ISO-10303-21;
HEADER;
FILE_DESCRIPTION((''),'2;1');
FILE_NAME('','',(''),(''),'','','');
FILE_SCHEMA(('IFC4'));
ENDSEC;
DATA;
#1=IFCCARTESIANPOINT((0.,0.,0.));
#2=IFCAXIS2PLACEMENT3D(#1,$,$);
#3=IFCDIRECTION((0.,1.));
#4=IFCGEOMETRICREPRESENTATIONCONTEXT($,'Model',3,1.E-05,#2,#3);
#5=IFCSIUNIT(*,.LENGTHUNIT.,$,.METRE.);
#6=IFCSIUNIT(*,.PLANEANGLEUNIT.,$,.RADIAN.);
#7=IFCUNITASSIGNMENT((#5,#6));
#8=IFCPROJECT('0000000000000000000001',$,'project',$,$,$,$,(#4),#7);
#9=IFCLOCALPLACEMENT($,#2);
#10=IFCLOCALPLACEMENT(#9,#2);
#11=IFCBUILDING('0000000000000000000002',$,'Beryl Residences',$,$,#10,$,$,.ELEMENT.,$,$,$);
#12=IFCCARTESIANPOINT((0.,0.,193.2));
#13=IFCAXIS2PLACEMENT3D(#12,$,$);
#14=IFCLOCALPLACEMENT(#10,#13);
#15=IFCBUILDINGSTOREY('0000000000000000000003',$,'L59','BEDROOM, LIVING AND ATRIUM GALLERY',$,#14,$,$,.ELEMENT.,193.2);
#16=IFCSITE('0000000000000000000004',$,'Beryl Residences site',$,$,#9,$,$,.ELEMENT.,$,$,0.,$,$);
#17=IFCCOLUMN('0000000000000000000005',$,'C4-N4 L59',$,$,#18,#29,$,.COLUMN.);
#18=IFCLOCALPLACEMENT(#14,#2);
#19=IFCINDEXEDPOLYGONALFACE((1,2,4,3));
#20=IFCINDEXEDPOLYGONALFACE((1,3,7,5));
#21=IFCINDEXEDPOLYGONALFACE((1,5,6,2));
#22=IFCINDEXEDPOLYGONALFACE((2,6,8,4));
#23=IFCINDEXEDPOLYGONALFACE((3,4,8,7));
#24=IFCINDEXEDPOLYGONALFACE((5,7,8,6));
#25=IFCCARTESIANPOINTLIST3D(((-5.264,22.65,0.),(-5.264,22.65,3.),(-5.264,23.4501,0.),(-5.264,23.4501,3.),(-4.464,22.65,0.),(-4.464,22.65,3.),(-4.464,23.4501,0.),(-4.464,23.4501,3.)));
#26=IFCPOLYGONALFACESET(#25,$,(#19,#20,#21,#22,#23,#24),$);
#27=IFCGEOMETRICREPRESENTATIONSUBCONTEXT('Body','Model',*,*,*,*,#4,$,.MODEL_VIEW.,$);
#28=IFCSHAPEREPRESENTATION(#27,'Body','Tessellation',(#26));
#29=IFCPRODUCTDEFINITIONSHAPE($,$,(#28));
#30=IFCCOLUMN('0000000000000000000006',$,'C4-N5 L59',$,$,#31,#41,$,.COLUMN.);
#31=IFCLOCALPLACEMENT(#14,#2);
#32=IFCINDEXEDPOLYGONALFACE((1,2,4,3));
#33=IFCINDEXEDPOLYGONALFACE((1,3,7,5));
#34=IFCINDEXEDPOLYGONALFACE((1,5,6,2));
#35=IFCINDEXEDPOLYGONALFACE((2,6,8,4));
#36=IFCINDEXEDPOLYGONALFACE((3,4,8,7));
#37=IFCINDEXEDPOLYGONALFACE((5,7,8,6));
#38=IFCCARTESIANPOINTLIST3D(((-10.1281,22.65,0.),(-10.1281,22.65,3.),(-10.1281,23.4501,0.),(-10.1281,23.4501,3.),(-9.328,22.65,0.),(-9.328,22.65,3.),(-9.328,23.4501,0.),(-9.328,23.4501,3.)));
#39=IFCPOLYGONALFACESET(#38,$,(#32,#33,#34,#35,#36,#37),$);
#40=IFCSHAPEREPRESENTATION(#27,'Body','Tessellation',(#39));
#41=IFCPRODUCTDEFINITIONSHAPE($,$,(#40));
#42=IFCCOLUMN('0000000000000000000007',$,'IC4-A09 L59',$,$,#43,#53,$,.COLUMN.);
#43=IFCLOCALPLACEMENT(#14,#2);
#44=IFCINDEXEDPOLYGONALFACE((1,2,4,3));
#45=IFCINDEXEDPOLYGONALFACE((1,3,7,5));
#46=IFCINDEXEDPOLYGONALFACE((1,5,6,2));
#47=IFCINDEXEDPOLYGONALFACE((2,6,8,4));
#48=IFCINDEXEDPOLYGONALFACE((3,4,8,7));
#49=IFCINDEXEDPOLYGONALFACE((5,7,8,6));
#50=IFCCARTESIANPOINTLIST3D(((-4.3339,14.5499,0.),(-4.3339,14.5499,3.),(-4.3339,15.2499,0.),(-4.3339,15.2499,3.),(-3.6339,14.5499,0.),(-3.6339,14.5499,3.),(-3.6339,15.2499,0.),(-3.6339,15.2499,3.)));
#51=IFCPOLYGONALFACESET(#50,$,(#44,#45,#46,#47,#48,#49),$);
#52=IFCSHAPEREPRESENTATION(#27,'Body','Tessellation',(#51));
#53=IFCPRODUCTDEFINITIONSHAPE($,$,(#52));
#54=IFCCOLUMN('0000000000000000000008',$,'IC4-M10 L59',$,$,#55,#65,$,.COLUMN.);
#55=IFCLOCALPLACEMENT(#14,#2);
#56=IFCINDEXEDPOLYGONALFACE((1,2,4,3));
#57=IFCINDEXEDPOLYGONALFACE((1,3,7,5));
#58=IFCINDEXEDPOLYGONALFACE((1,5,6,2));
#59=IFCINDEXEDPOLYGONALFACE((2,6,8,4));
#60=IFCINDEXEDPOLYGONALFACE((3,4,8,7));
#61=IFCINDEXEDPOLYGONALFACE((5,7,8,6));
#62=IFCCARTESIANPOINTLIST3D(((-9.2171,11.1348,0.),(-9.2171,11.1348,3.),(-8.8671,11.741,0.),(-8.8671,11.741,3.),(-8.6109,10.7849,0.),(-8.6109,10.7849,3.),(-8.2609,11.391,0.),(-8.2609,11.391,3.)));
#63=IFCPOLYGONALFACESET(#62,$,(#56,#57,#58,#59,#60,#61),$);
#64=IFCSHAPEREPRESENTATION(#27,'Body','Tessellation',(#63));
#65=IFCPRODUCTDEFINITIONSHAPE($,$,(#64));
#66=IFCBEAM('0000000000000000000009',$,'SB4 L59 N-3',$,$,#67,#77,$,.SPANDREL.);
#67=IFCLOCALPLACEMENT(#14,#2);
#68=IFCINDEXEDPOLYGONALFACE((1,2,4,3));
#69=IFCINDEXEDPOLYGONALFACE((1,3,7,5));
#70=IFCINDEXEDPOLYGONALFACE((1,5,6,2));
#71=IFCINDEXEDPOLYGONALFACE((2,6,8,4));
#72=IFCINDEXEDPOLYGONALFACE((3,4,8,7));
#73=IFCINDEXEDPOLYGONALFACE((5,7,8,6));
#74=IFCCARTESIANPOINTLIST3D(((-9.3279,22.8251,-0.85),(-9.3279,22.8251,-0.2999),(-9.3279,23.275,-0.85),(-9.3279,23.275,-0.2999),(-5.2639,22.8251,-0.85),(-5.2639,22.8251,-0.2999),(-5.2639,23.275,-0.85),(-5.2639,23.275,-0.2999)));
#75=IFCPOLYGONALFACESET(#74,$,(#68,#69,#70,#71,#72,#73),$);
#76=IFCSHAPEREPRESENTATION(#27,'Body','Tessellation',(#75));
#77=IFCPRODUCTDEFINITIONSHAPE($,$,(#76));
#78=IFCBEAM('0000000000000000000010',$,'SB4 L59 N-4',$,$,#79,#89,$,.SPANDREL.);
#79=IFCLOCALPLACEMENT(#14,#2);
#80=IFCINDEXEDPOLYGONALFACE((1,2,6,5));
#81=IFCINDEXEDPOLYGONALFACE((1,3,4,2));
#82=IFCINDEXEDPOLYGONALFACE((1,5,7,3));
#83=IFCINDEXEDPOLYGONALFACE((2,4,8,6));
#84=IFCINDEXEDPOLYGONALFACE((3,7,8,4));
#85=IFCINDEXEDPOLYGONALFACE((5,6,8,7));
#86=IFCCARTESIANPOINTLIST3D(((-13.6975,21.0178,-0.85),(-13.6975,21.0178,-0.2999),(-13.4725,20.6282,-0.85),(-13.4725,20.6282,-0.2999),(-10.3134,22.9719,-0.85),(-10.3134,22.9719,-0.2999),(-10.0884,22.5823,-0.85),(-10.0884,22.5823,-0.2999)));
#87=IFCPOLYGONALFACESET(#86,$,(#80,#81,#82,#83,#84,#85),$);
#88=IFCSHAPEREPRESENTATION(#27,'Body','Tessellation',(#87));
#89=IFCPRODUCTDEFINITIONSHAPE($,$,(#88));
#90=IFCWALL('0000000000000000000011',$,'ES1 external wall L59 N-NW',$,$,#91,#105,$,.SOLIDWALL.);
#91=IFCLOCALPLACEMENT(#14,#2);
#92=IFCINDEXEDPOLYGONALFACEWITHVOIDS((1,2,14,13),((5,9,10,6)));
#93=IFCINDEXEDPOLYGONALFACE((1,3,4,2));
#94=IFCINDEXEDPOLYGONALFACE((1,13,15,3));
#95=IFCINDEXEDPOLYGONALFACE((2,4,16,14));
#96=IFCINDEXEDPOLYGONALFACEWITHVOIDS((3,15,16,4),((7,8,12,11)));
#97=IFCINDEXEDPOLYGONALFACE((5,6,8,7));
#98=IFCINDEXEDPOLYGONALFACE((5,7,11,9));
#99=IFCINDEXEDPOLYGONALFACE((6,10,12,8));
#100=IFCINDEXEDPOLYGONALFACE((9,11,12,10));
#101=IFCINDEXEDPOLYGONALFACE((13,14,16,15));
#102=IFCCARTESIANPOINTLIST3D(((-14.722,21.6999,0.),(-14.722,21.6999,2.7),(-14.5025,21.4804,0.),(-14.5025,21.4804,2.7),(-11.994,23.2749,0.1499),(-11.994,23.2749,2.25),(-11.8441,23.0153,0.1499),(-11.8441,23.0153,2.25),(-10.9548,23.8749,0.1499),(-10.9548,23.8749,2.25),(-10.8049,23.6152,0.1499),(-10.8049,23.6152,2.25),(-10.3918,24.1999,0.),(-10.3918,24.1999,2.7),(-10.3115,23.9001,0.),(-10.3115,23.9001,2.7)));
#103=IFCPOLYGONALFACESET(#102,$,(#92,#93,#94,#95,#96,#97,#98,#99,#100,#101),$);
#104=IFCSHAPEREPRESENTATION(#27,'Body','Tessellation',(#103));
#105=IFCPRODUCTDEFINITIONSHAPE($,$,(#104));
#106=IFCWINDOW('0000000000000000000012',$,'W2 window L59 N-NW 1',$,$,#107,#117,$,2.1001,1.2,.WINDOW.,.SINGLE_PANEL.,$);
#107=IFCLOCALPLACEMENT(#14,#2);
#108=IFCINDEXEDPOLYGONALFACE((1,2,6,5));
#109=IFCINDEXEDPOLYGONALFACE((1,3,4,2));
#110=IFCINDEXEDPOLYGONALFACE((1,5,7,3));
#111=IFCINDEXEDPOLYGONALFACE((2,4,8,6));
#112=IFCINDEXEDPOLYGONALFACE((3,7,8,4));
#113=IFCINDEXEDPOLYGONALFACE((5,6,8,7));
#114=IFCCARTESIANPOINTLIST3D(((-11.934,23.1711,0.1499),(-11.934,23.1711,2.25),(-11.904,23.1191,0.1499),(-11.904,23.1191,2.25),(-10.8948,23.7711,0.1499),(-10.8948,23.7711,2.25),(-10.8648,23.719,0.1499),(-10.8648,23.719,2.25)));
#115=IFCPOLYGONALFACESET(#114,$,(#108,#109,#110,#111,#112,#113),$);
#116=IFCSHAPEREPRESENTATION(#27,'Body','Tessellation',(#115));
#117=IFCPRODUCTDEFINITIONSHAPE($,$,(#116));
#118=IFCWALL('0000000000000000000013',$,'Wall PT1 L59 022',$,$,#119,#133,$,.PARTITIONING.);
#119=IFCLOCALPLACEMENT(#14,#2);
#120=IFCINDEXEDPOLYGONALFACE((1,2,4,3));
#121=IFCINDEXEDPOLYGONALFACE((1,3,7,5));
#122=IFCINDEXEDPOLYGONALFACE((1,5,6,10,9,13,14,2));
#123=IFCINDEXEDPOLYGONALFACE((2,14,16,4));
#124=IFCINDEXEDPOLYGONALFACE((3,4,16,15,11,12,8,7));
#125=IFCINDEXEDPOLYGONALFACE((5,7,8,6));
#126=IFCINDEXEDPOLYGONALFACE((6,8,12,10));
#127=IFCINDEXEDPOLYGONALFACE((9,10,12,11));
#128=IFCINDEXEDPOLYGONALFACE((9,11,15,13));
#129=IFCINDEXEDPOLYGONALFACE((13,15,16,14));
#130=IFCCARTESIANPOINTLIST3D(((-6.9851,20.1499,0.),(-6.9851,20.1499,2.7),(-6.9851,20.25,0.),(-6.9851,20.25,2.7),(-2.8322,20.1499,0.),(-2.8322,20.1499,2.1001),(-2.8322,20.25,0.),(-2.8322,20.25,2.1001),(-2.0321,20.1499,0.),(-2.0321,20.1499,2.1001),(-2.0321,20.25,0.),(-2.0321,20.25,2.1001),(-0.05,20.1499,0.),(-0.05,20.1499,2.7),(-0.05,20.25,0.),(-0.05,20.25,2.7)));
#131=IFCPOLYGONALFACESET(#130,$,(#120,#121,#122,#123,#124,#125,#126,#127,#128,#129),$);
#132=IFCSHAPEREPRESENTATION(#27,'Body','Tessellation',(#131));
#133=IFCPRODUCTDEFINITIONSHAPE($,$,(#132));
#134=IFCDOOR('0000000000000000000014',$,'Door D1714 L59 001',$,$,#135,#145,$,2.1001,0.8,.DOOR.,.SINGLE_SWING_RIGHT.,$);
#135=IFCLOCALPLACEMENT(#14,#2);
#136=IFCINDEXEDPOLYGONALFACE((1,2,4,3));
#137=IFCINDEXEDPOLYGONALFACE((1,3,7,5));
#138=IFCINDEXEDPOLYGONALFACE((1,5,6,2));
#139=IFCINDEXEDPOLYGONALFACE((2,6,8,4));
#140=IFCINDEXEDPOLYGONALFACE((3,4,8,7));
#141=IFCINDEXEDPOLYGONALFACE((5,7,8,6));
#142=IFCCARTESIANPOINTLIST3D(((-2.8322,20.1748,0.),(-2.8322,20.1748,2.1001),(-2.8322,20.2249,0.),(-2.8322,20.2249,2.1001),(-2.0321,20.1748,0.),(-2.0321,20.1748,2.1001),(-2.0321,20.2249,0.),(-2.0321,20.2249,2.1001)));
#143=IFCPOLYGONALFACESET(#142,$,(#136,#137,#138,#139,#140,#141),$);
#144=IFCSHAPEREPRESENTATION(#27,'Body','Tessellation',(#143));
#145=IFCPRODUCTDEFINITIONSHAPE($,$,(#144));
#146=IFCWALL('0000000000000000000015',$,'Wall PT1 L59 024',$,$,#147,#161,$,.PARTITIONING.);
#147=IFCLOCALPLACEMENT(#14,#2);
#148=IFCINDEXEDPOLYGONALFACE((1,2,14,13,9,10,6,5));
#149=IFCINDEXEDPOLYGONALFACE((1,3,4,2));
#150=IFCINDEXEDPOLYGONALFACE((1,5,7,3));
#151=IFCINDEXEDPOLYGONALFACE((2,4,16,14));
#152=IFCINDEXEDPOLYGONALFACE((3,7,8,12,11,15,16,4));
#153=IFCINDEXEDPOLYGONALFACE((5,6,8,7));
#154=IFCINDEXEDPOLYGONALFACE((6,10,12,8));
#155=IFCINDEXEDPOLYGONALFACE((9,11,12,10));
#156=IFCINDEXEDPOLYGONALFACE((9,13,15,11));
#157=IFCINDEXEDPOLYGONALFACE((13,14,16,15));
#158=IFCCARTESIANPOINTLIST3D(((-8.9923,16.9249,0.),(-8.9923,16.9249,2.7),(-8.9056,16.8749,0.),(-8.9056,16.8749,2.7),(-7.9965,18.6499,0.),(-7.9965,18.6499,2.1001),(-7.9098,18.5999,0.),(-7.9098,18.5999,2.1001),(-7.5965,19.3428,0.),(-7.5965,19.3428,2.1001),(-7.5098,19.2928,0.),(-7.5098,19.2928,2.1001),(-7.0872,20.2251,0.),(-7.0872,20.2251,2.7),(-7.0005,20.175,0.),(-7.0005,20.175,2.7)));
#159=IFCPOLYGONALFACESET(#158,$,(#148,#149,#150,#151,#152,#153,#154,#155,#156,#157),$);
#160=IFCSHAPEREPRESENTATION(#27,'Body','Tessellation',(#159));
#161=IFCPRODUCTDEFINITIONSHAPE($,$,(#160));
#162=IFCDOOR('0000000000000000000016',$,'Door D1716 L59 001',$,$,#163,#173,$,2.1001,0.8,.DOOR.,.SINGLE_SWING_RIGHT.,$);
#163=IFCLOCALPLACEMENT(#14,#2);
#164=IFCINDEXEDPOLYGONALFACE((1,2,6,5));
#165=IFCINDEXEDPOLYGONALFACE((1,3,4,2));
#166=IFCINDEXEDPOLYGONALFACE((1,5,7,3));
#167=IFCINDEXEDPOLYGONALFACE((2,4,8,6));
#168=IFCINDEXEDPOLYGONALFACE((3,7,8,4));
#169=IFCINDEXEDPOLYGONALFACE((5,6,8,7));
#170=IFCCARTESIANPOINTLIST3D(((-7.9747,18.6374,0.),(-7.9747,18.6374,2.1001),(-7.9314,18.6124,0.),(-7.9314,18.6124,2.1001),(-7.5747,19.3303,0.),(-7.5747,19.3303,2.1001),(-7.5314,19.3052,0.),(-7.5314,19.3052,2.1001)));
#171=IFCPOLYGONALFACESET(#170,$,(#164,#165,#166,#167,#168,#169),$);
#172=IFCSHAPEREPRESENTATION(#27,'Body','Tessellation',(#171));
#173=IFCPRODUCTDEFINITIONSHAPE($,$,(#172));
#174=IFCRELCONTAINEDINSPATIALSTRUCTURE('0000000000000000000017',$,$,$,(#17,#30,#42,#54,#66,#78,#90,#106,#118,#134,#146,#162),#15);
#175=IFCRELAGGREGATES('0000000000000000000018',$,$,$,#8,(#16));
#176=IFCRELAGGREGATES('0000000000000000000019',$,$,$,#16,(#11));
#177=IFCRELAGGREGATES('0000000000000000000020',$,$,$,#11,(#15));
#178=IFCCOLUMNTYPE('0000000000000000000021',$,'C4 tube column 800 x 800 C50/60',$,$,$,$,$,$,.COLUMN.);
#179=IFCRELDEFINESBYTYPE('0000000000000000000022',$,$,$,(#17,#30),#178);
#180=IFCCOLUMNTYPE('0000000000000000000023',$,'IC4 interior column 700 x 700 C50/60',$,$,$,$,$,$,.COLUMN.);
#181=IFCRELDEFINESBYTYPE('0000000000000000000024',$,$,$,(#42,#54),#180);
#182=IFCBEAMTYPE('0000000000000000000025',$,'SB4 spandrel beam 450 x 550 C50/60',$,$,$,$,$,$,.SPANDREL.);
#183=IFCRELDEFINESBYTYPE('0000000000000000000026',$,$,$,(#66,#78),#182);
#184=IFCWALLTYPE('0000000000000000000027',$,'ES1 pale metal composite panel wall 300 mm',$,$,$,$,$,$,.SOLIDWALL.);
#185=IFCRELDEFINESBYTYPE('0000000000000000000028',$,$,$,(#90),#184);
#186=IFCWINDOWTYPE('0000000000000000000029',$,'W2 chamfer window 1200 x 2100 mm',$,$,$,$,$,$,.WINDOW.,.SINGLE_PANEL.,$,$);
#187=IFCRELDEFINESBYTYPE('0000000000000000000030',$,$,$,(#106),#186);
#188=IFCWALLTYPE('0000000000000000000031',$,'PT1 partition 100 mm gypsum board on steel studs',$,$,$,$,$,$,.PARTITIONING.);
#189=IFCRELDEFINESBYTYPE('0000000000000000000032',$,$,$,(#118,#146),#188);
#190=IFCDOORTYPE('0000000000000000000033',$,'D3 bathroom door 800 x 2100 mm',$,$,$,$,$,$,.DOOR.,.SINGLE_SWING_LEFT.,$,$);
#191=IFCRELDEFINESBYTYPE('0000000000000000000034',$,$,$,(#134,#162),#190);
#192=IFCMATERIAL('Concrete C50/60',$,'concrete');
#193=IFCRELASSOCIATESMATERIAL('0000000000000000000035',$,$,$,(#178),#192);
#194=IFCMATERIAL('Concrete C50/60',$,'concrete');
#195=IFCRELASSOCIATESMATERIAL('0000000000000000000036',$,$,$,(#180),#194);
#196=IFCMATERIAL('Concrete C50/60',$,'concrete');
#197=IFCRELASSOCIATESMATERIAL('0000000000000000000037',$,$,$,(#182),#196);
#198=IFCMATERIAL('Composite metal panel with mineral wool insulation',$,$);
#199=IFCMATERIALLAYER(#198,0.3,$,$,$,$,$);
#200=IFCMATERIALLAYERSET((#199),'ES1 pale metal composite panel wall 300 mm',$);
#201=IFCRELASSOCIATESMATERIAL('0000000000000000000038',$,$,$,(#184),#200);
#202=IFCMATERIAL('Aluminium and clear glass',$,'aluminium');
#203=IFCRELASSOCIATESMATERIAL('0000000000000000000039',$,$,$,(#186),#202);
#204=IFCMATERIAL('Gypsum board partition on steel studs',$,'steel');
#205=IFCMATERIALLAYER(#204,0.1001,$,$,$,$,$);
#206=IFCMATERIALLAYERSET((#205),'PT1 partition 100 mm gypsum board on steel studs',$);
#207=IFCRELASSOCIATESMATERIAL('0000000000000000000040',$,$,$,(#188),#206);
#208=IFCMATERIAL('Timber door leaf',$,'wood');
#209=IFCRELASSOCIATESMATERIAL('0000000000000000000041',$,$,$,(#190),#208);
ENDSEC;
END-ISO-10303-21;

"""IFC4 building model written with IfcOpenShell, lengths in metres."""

from ifc_helpers import new_model, si_unit, direction, frame, frame_2d, origin, origin_2d, place, context, subcontext, project, spatial, polyline, rectangle, outline, extrude, material, layer, layer_set, material_profile, profile_set, type_object, element, fill, save


model = new_model("IFC4")

# Units and contexts
model_context = context("Model", 3, precision=1e-05, world=origin(), true_north=direction((0.0, 1.0)))
body_context = subcontext(model_context, "Body", "Model", "MODEL_VIEW")
ifc_project = project(units=[si_unit("LENGTHUNIT", "METRE"), si_unit("PLANEANGLEUNIT", "RADIAN")], contexts=[model_context])

# Site, building, storey
site_placement = place(None, origin())
site = spatial("IfcSite", under=ifc_project, at=site_placement, Name="Beryl Residences site", CompositionType="ELEMENT", RefElevation=0.0)
building_placement = place(site_placement, origin())
building = spatial("IfcBuilding", under=site, at=building_placement, Name="Beryl Residences", CompositionType="ELEMENT")
storey_placement = place(building_placement, frame((0.0, 0.0, 193.2)))
storey = spatial("IfcBuildingStorey", under=building, at=storey_placement, Name="L59", Description="BEDROOM, LIVING AND ATRIUM GALLERY", CompositionType="ELEMENT", Elevation=193.2)

# Columns
ifc_material_1 = material(Name="Concrete C50/60", Category="concrete")
ifc_material_profile_1 = material_profile(ifc_material_1, rectangle(XDim=0.8, YDim=0.8, at=origin_2d()))
ifc_profile_set_1 = profile_set([ifc_material_profile_1], Name="Concrete C50/60")
column_type_1 = type_object("IfcColumnType", Name="C4 tube column 800 x 800 C50/60", PredefinedType="COLUMN", material=ifc_profile_set_1)
for number, where, z_axis, x_axis, name in (
    (1, (-4.864, 23.05, 0.0), (0.0, 0.0, 1.0), (-1.0, 0.0, 0.0), "C4-N4 L59"),
    (2, (-9.728, 23.05, 0.0), (0.0, 0.0, 1.0), (-1.0, 0.0, 0.0), "C4-N5 L59"),
):
    element("IfcColumn", number, at=place(storey_placement, frame(where, z_axis=z_axis, x_axis=x_axis)), inside=storey, type_object=column_type_1, Name=name, PredefinedType="COLUMN", context=body_context, shape_type="SweptSolid", body=[
        extrude(rectangle(XDim=0.8, YDim=0.8, at=origin_2d()), origin(), (0.0, 0.0, 1.0), 3.0),
    ])
ifc_material_2 = material(Name="Concrete C50/60", Category="concrete")
ifc_material_profile_2 = material_profile(ifc_material_2, rectangle(XDim=0.7, YDim=0.7, at=origin_2d()))
ifc_profile_set_2 = profile_set([ifc_material_profile_2], Name="Concrete C50/60")
column_type_2 = type_object("IfcColumnType", Name="IC4 interior column 700 x 700 C50/60", PredefinedType="COLUMN", material=ifc_profile_set_2)
for number, where, z_axis, x_axis, name in (
    (3, (-3.9839, 14.8999, 0.0), (0.0, 0.0, 1.0), (1.0, 0.0, 0.0), "IC4-A09 L59"),
    (4, (-8.739, 11.2629, 0.0), (0.0, 0.0, 1.0), (-0.5, -0.866025, 0.0), "IC4-M10 L59"),
):
    element("IfcColumn", number, at=place(storey_placement, frame(where, z_axis=z_axis, x_axis=x_axis)), inside=storey, type_object=column_type_2, Name=name, PredefinedType="COLUMN", context=body_context, shape_type="SweptSolid", body=[
        extrude(rectangle(XDim=0.7, YDim=0.7, at=origin_2d()), origin(), (0.0, 0.0, 1.0), 3.0),
    ])

# Beams
ifc_material_3 = material(Name="Concrete C50/60", Category="concrete")
ifc_material_profile_3 = material_profile(ifc_material_3, rectangle(XDim=0.45, YDim=0.55, at=origin_2d()))
ifc_profile_set_3 = profile_set([ifc_material_profile_3], Name="Concrete C50/60")
beam_type = type_object("IfcBeamType", Name="SB4 spandrel beam 450 x 550 C50/60", PredefinedType="SPANDREL", material=ifc_profile_set_3)
beam_1_placement = place(storey_placement, frame((-5.2639, 23.05, -0.575), z_axis=(-1.0, 0.0, 0.0), x_axis=(0.0, -1.0, 0.0)))
element("IfcBeam", 5, at=beam_1_placement, inside=storey, type_object=beam_type, Name="SB4 L59 N-3", PredefinedType="SPANDREL", context=body_context, shape_type="SweptSolid", body=[
    extrude(rectangle(XDim=0.45, YDim=0.55, at=origin_2d()), origin(), (0.0, 0.0, 1.0), 4.064),
])
beam_2_placement = place(storey_placement, frame((-10.2009, 22.7771, -0.575), z_axis=(-0.865989, -0.500063, 0.0), x_axis=(0.500063, -0.865989, 0.0)))
element("IfcBeam", 6, at=beam_2_placement, inside=storey, type_object=beam_type, Name="SB4 L59 N-4", PredefinedType="SPANDREL", context=body_context, shape_type="SweptSolid", body=[
    extrude(rectangle(XDim=0.45, YDim=0.55, at=origin_2d()), origin(), (0.0, 0.0, 1.0), 3.9077),
])

# Wall, opening, window
ifc_material_4 = material(Name="Composite metal panel with mineral wool insulation")
ifc_layer_1 = layer(ifc_material_4, 0.3)
ifc_layer_set_1 = layer_set([ifc_layer_1], Name="ES1 pale metal composite panel wall 300 mm")
wall_type_1 = type_object("IfcWallType", Name="ES1 pale metal composite panel wall 300 mm", PredefinedType="SOLIDWALL", material=ifc_layer_set_1)
wall_1_placement = place(storey_placement, frame((-10.3169, 24.0701, 0.0), z_axis=(0.0, 0.0, 1.0), x_axis=(-0.866023, -0.500004, 0.0)))
wall_1 = element("IfcWall", 7, at=wall_1_placement, inside=storey, type_object=wall_type_1, Name="ES1 external wall L59 N-NW", PredefinedType="SOLIDWALL", context=body_context, shape_type="SweptSolid", body=[
    extrude(outline(polyline([(0.0, -0.1499), (5.0, -0.1499), (4.9197, 0.1499), (0.0803, 0.1499), (0.0, -0.1499)])), origin(), (0.0, 0.0, 1.0), 2.7),
])
opening_1_placement = place(wall_1_placement, frame((0.6499, 0.0, 0.1499)))
opening_1 = element("IfcOpeningElement", 8, at=opening_1_placement, cuts=wall_1, PredefinedType="OPENING", context=body_context, shape_type="SweptSolid", body=[
    extrude(rectangle(XDim=1.2, YDim=2.1001, at=frame_2d((0.6001, 1.05))), frame((0.0, 0.1599, 0.0), z_axis=(0.0, -1.0, 0.0), x_axis=(1.0, 0.0, 0.0)), (0.0, 0.0, 1.0), 0.3201),
])
ifc_material_5 = material(Name="Aluminium and clear glass", Category="aluminium")
window_type = type_object("IfcWindowType", Name="W2 chamfer window 1200 x 2100 mm", PartitioningType="SINGLE_PANEL", PredefinedType="WINDOW", material=ifc_material_5)
window_placement = place(opening_1_placement, origin())
window = element("IfcWindow", 9, at=window_placement, inside=storey, type_object=window_type, Name="W2 window L59 N-NW 1", OverallHeight=2.1001, OverallWidth=1.2, PartitioningType="SINGLE_PANEL", PredefinedType="WINDOW", context=body_context, shape_type="SweptSolid", body=[
    extrude(rectangle(XDim=1.2, YDim=2.1001, at=frame_2d((0.6001, 1.05))), frame((0.0, 0.03, 0.0), z_axis=(0.0, -1.0, 0.0), x_axis=(1.0, 0.0, 0.0)), (0.0, 0.0, 1.0), 0.0601),
])
fill(opening_1, window)

# Walls, openings, doors
ifc_material_6 = material(Name="Gypsum board partition on steel studs", Category="steel")
ifc_layer_2 = layer(ifc_material_6, 0.1001)
ifc_layer_set_2 = layer_set([ifc_layer_2], Name="PT1 partition 100 mm gypsum board on steel studs")
wall_type_2 = type_object("IfcWallType", Name="PT1 partition 100 mm gypsum board on steel studs", PredefinedType="PARTITIONING", material=ifc_layer_set_2)
wall_2_placement = place(storey_placement, frame((-6.9851, 20.2, 0.0), z_axis=(0.0, 0.0, 1.0), x_axis=(1.0, 0.0, 0.0)))
wall_2 = element("IfcWall", 10, at=wall_2_placement, inside=storey, type_object=wall_type_2, Name="Wall PT1 L59 022", PredefinedType="PARTITIONING", context=body_context, shape_type="SweptSolid", body=[
    extrude(rectangle(XDim=6.9351, YDim=0.1001, at=frame_2d((3.4675, 0.0))), origin(), (0.0, 0.0, 1.0), 2.7),
])
opening_2_placement = place(wall_2_placement, frame((4.1531, 0.0, 0.0)))
opening_2 = element("IfcOpeningElement", 11, at=opening_2_placement, cuts=wall_2, PredefinedType="OPENING", context=body_context, shape_type="SweptSolid", body=[
    extrude(rectangle(XDim=0.8, YDim=2.1001, at=frame_2d((0.3999, 1.05))), frame((0.0, 0.0601, 0.0), z_axis=(0.0, -1.0, 0.0), x_axis=(1.0, 0.0, 0.0)), (0.0, 0.0, 1.0), 0.1201),
])
ifc_material_7 = material(Name="Timber door leaf", Category="wood")
door_type_1 = type_object("IfcDoorType", Name="D3 bathroom door 800 x 2100 mm", OperationType="SINGLE_SWING_LEFT", PredefinedType="DOOR", material=ifc_material_7)
door_1_placement = place(opening_2_placement, origin())
door_1 = element("IfcDoor", 12, at=door_1_placement, inside=storey, type_object=door_type_1, Name="Door D1714 L59 001", OperationType="SINGLE_SWING_RIGHT", OverallHeight=2.1001, OverallWidth=0.8, PredefinedType="DOOR", context=body_context, shape_type="SweptSolid", body=[
    extrude(rectangle(XDim=0.8, YDim=2.1001, at=frame_2d((0.3999, 1.05))), frame((0.0, 0.0249, 0.0), z_axis=(0.0, -1.0, 0.0), x_axis=(1.0, 0.0, 0.0)), (0.0, 0.0, 1.0), 0.05),
])
fill(opening_2, door_1)
wall_3_placement = place(storey_placement, frame((-8.949, 16.8999, 0.0), z_axis=(0.0, 0.0, 1.0), x_axis=(0.49995, 0.866054, 0.0)))
wall_3 = element("IfcWall", 13, at=wall_3_placement, inside=storey, type_object=wall_type_2, Name="Wall PT1 L59 024", PredefinedType="PARTITIONING", context=body_context, shape_type="SweptSolid", body=[
    extrude(rectangle(XDim=3.8105, YDim=0.1001, at=frame_2d((1.9053, 0.0))), origin(), (0.0, 0.0, 1.0), 2.7),
])
opening_3_placement = place(wall_3_placement, frame((1.9919, 0.0, 0.0)))
opening_3 = element("IfcOpeningElement", 14, at=opening_3_placement, cuts=wall_3, PredefinedType="OPENING", context=body_context, shape_type="SweptSolid", body=[
    extrude(rectangle(XDim=0.8, YDim=2.1001, at=frame_2d((0.3999, 1.05))), frame((0.0, 0.0601, 0.0), z_axis=(0.0, -1.0, 0.0), x_axis=(1.0, 0.0, 0.0)), (0.0, 0.0, 1.0), 0.1201),
])
door_2_placement = place(opening_3_placement, origin())
door_2 = element("IfcDoor", 15, at=door_2_placement, inside=storey, type_object=door_type_1, Name="Door D1716 L59 001", OperationType="SINGLE_SWING_RIGHT", OverallHeight=2.1001, OverallWidth=0.8, PredefinedType="DOOR", context=body_context, shape_type="SweptSolid", body=[
    extrude(rectangle(XDim=0.8, YDim=2.1001, at=frame_2d((0.3999, 1.05))), frame((0.0, 0.0249, 0.0), z_axis=(0.0, -1.0, 0.0), x_axis=(1.0, 0.0, 0.0)), (0.0, 0.0, 1.0), 0.05),
])
fill(opening_3, door_2)

save(model, "model.ifc")
